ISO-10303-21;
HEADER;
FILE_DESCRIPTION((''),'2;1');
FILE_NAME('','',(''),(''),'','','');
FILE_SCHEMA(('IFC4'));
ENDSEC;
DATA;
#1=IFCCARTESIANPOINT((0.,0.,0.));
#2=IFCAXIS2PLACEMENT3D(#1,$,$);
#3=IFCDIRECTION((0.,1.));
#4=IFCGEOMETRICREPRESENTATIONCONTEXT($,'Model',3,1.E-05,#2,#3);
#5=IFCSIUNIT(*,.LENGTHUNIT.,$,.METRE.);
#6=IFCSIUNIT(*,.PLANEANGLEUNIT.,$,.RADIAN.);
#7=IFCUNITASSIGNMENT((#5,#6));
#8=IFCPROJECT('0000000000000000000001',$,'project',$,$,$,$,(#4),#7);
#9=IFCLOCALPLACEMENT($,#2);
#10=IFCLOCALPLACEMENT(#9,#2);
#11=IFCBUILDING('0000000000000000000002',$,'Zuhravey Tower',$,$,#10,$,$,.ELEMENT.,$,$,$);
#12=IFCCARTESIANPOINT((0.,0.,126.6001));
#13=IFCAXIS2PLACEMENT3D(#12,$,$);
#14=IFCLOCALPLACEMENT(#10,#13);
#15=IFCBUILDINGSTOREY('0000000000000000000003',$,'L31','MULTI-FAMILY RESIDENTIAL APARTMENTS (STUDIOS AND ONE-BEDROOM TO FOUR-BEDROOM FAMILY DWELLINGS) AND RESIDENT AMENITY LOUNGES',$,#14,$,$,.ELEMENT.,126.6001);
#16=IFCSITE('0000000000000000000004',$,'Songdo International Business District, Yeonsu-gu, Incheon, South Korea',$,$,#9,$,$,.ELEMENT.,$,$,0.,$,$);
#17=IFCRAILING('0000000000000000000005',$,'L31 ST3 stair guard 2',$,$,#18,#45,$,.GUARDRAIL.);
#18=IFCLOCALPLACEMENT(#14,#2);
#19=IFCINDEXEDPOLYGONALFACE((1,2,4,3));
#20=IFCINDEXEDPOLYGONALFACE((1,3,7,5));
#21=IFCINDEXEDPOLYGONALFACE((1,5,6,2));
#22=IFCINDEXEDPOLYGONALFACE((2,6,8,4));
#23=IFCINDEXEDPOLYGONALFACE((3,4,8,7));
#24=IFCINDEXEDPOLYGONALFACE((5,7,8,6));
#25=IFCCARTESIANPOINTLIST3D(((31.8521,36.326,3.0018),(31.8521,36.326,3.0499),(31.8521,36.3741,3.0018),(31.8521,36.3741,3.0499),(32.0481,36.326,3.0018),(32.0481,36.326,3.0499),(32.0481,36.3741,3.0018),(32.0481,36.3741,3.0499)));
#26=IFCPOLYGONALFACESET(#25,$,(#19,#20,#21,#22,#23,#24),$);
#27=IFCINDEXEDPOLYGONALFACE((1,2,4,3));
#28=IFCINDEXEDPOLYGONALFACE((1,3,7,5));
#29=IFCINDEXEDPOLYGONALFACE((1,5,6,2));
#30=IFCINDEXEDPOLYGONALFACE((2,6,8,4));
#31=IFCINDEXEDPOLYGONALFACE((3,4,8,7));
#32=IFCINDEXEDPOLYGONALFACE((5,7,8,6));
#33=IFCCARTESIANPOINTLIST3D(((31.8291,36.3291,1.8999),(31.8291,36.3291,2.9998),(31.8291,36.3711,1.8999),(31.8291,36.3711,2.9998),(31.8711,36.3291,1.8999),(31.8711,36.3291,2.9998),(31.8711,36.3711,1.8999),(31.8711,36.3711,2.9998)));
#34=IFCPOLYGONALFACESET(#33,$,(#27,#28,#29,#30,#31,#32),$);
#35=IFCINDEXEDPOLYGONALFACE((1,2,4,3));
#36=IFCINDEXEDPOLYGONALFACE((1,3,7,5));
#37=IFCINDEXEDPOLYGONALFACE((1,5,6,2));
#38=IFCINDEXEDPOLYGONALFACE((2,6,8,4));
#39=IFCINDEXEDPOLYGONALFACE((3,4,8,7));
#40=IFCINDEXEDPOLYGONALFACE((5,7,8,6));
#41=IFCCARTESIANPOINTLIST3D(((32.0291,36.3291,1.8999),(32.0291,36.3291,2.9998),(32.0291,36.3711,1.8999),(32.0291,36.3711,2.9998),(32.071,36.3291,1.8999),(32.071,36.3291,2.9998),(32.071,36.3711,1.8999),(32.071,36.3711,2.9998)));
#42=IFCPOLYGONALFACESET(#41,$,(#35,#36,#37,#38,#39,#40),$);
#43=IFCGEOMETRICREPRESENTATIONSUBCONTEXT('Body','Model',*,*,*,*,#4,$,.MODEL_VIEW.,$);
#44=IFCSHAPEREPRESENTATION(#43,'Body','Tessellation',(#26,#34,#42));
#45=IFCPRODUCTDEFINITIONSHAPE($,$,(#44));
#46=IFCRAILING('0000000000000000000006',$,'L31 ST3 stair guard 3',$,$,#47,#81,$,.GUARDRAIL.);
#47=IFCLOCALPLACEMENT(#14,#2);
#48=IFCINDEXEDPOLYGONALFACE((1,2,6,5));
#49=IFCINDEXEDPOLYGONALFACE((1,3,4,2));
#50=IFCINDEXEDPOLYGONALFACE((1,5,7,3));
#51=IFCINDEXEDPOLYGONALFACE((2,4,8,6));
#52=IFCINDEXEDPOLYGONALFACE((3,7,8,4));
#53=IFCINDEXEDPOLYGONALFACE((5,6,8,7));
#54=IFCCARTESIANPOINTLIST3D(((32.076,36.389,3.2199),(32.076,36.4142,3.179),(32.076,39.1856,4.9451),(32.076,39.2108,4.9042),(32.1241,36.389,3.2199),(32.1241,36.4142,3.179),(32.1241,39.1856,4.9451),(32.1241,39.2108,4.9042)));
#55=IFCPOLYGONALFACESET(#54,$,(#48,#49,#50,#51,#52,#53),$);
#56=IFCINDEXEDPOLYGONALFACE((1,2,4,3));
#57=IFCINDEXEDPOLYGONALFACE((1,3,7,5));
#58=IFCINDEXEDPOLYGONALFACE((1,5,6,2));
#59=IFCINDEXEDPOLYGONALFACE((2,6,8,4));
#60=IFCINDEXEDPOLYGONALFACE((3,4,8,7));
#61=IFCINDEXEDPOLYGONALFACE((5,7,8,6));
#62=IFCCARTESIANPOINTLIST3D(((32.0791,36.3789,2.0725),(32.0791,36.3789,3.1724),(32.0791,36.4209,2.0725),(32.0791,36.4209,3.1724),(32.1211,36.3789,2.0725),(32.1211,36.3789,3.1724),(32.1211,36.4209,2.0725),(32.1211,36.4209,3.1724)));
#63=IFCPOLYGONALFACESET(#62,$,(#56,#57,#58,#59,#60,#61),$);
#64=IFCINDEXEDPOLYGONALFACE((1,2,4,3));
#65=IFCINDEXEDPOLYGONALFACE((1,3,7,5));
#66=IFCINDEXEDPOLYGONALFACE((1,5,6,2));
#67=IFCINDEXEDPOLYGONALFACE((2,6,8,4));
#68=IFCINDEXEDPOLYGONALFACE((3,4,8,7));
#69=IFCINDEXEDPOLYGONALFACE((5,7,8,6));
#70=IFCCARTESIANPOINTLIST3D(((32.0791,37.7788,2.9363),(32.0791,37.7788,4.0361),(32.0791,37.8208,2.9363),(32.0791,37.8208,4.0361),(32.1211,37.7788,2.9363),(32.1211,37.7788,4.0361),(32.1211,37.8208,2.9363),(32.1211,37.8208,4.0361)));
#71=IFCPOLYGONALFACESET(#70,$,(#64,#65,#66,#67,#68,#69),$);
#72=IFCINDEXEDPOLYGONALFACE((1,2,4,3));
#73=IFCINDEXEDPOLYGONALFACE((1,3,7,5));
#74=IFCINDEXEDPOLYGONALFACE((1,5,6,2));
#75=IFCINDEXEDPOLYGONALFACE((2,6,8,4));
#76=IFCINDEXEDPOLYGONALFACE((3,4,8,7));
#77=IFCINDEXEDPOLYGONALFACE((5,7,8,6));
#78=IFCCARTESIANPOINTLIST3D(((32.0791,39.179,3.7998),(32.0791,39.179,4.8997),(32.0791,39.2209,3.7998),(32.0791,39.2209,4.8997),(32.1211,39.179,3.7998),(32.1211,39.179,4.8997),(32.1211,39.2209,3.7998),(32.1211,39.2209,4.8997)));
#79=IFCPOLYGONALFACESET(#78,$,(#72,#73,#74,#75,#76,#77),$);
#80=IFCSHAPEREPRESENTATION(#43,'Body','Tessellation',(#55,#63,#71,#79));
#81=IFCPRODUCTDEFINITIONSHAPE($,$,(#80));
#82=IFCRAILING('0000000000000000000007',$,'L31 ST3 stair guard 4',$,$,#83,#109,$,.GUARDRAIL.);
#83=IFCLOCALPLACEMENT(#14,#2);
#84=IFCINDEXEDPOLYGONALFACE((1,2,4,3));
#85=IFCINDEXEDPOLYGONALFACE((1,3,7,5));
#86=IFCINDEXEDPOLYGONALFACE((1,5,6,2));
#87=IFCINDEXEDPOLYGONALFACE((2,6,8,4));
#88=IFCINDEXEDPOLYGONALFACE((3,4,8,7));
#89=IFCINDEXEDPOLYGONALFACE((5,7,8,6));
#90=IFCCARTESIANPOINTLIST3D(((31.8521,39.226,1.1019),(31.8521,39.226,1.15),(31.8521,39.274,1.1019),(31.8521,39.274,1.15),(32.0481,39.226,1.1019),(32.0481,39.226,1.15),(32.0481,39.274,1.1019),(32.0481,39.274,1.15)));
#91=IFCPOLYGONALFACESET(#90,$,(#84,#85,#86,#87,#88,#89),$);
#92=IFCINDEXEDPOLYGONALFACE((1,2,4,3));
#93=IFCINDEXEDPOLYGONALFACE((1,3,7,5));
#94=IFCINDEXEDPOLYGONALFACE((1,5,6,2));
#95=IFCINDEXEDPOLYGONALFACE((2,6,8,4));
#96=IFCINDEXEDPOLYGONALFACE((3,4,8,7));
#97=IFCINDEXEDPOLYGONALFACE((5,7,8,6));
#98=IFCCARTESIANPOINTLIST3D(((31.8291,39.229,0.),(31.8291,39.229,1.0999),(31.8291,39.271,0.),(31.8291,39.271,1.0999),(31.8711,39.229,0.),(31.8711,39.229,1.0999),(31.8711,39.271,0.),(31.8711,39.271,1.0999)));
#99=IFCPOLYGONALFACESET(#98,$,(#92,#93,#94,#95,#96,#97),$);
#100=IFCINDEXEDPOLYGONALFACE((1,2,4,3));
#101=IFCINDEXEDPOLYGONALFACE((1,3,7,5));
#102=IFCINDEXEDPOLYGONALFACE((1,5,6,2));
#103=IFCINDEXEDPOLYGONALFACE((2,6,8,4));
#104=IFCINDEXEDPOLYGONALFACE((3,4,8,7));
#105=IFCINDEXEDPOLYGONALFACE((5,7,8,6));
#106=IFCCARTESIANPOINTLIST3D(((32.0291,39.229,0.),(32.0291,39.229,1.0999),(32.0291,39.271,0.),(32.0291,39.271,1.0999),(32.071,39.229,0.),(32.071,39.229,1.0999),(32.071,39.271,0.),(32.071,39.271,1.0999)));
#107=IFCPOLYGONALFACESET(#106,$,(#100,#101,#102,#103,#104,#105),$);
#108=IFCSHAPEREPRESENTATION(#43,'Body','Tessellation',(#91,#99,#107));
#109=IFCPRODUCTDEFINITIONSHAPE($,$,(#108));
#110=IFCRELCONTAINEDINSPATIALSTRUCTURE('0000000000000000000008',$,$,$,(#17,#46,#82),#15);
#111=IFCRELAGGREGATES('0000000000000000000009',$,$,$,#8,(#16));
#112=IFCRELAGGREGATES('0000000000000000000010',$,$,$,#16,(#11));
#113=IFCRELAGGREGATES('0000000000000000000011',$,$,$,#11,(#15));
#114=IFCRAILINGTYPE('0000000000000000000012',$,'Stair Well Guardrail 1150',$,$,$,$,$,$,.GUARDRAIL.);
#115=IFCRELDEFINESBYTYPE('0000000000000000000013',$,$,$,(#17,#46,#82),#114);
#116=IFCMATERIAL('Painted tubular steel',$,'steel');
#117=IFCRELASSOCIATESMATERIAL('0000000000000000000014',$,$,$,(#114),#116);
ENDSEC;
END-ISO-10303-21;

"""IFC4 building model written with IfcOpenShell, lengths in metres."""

from ifc_helpers import new_model, si_unit, direction, frame, origin, origin_2d, place, context, subcontext, project, spatial, rectangle, extrude, material, type_object, element, save


model = new_model("IFC4")

# Units and contexts
model_context = context("Model", 3, precision=1e-05, world=origin(), true_north=direction((0.0, 1.0)))
body_context = subcontext(model_context, "Body", "Model", "MODEL_VIEW")
ifc_project = project(units=[si_unit("LENGTHUNIT", "METRE"), si_unit("PLANEANGLEUNIT", "RADIAN")], contexts=[model_context])

# Site, building, storey
site_placement = place(None, origin())
site = spatial("IfcSite", under=ifc_project, at=site_placement, Name="Songdo International Business District, Yeonsu-gu, Incheon, South Korea", CompositionType="ELEMENT", RefElevation=0.0)
building_placement = place(site_placement, origin())
building = spatial("IfcBuilding", under=site, at=building_placement, Name="Zuhravey Tower", CompositionType="ELEMENT")
storey_placement = place(building_placement, frame((0.0, 0.0, 126.6001)))
storey = spatial("IfcBuildingStorey", under=building, at=storey_placement, Name="L31", Description="MULTI-FAMILY RESIDENTIAL APARTMENTS (STUDIOS AND ONE-BEDROOM TO FOUR-BEDROOM FAMILY DWELLINGS) AND RESIDENT AMENITY LOUNGES", CompositionType="ELEMENT", Elevation=126.6001)

# Railings
ifc_material_1 = material(Name="Painted tubular steel", Category="steel")
railing_type_1 = type_object("IfcRailingType", Name="Stair Well Guardrail 1150", PredefinedType="GUARDRAIL", material=ifc_material_1)
railing_1_placement = place(storey_placement, frame((31.8501, 36.3501, 1.8999)))
element("IfcRailing", 1, at=railing_1_placement, inside=storey, type_object=railing_type_1, Name="L31 ST3 stair guard 2", PredefinedType="GUARDRAIL", context=body_context, shape_type="SweptSolid", body=[
    extrude(rectangle(XDim=0.0481, YDim=0.0481, at=origin_2d()), frame((0.002, 0.0, 1.126), z_axis=(1.0, 0.0, 0.0), x_axis=(0.0, 1.0, 0.0)), (0.0, 0.0, 1.0), 0.196),
    extrude(rectangle(XDim=0.042, YDim=0.042, at=origin_2d()), origin(), (0.0, 0.0, 1.0), 1.0999),
    extrude(rectangle(XDim=0.042, YDim=0.042, at=origin_2d()), frame((0.2, 0.0, 0.0)), (0.0, 0.0, 1.0), 1.0999),
])
railing_2_placement = place(storey_placement, frame((32.1001, 36.3999, 2.0725)))
element("IfcRailing", 2, at=railing_2_placement, inside=storey, type_object=railing_type_1, Name="L31 ST3 stair guard 3", PredefinedType="GUARDRAIL", context=body_context, shape_type="SweptSolid", body=[
    extrude(rectangle(XDim=0.0481, YDim=0.0481, at=origin_2d()), frame((0.0, 0.0017, 1.127), z_axis=(0.0, 0.85109, 0.52502), x_axis=(-1.0, 0.0, 0.0)), (0.0, 0.0, 1.0), 3.2859),
    extrude(rectangle(XDim=0.042, YDim=0.042, at=origin_2d()), origin(), (0.0, 0.0, 1.0), 1.0999),
    extrude(rectangle(XDim=0.042, YDim=0.042, at=origin_2d()), frame((0.0, 1.3999, 0.8638)), (0.0, 0.0, 1.0), 1.0999),
    extrude(rectangle(XDim=0.042, YDim=0.042, at=origin_2d()), frame((0.0, 2.8, 1.7273)), (0.0, 0.0, 1.0), 1.0999),
])
railing_3_placement = place(storey_placement, frame((31.8501, 39.25, 0.0)))
element("IfcRailing", 3, at=railing_3_placement, inside=storey, type_object=railing_type_1, Name="L31 ST3 stair guard 4", PredefinedType="GUARDRAIL", context=body_context, shape_type="SweptSolid", body=[
    extrude(rectangle(XDim=0.0481, YDim=0.0481, at=origin_2d()), frame((0.002, 0.0, 1.126), z_axis=(1.0, 0.0, 0.0), x_axis=(0.0, 1.0, 0.0)), (0.0, 0.0, 1.0), 0.196),
    extrude(rectangle(XDim=0.042, YDim=0.042, at=origin_2d()), origin(), (0.0, 0.0, 1.0), 1.0999),
    extrude(rectangle(XDim=0.042, YDim=0.042, at=origin_2d()), frame((0.2, 0.0, 0.0)), (0.0, 0.0, 1.0), 1.0999),
])

save(model, "model.ifc")
